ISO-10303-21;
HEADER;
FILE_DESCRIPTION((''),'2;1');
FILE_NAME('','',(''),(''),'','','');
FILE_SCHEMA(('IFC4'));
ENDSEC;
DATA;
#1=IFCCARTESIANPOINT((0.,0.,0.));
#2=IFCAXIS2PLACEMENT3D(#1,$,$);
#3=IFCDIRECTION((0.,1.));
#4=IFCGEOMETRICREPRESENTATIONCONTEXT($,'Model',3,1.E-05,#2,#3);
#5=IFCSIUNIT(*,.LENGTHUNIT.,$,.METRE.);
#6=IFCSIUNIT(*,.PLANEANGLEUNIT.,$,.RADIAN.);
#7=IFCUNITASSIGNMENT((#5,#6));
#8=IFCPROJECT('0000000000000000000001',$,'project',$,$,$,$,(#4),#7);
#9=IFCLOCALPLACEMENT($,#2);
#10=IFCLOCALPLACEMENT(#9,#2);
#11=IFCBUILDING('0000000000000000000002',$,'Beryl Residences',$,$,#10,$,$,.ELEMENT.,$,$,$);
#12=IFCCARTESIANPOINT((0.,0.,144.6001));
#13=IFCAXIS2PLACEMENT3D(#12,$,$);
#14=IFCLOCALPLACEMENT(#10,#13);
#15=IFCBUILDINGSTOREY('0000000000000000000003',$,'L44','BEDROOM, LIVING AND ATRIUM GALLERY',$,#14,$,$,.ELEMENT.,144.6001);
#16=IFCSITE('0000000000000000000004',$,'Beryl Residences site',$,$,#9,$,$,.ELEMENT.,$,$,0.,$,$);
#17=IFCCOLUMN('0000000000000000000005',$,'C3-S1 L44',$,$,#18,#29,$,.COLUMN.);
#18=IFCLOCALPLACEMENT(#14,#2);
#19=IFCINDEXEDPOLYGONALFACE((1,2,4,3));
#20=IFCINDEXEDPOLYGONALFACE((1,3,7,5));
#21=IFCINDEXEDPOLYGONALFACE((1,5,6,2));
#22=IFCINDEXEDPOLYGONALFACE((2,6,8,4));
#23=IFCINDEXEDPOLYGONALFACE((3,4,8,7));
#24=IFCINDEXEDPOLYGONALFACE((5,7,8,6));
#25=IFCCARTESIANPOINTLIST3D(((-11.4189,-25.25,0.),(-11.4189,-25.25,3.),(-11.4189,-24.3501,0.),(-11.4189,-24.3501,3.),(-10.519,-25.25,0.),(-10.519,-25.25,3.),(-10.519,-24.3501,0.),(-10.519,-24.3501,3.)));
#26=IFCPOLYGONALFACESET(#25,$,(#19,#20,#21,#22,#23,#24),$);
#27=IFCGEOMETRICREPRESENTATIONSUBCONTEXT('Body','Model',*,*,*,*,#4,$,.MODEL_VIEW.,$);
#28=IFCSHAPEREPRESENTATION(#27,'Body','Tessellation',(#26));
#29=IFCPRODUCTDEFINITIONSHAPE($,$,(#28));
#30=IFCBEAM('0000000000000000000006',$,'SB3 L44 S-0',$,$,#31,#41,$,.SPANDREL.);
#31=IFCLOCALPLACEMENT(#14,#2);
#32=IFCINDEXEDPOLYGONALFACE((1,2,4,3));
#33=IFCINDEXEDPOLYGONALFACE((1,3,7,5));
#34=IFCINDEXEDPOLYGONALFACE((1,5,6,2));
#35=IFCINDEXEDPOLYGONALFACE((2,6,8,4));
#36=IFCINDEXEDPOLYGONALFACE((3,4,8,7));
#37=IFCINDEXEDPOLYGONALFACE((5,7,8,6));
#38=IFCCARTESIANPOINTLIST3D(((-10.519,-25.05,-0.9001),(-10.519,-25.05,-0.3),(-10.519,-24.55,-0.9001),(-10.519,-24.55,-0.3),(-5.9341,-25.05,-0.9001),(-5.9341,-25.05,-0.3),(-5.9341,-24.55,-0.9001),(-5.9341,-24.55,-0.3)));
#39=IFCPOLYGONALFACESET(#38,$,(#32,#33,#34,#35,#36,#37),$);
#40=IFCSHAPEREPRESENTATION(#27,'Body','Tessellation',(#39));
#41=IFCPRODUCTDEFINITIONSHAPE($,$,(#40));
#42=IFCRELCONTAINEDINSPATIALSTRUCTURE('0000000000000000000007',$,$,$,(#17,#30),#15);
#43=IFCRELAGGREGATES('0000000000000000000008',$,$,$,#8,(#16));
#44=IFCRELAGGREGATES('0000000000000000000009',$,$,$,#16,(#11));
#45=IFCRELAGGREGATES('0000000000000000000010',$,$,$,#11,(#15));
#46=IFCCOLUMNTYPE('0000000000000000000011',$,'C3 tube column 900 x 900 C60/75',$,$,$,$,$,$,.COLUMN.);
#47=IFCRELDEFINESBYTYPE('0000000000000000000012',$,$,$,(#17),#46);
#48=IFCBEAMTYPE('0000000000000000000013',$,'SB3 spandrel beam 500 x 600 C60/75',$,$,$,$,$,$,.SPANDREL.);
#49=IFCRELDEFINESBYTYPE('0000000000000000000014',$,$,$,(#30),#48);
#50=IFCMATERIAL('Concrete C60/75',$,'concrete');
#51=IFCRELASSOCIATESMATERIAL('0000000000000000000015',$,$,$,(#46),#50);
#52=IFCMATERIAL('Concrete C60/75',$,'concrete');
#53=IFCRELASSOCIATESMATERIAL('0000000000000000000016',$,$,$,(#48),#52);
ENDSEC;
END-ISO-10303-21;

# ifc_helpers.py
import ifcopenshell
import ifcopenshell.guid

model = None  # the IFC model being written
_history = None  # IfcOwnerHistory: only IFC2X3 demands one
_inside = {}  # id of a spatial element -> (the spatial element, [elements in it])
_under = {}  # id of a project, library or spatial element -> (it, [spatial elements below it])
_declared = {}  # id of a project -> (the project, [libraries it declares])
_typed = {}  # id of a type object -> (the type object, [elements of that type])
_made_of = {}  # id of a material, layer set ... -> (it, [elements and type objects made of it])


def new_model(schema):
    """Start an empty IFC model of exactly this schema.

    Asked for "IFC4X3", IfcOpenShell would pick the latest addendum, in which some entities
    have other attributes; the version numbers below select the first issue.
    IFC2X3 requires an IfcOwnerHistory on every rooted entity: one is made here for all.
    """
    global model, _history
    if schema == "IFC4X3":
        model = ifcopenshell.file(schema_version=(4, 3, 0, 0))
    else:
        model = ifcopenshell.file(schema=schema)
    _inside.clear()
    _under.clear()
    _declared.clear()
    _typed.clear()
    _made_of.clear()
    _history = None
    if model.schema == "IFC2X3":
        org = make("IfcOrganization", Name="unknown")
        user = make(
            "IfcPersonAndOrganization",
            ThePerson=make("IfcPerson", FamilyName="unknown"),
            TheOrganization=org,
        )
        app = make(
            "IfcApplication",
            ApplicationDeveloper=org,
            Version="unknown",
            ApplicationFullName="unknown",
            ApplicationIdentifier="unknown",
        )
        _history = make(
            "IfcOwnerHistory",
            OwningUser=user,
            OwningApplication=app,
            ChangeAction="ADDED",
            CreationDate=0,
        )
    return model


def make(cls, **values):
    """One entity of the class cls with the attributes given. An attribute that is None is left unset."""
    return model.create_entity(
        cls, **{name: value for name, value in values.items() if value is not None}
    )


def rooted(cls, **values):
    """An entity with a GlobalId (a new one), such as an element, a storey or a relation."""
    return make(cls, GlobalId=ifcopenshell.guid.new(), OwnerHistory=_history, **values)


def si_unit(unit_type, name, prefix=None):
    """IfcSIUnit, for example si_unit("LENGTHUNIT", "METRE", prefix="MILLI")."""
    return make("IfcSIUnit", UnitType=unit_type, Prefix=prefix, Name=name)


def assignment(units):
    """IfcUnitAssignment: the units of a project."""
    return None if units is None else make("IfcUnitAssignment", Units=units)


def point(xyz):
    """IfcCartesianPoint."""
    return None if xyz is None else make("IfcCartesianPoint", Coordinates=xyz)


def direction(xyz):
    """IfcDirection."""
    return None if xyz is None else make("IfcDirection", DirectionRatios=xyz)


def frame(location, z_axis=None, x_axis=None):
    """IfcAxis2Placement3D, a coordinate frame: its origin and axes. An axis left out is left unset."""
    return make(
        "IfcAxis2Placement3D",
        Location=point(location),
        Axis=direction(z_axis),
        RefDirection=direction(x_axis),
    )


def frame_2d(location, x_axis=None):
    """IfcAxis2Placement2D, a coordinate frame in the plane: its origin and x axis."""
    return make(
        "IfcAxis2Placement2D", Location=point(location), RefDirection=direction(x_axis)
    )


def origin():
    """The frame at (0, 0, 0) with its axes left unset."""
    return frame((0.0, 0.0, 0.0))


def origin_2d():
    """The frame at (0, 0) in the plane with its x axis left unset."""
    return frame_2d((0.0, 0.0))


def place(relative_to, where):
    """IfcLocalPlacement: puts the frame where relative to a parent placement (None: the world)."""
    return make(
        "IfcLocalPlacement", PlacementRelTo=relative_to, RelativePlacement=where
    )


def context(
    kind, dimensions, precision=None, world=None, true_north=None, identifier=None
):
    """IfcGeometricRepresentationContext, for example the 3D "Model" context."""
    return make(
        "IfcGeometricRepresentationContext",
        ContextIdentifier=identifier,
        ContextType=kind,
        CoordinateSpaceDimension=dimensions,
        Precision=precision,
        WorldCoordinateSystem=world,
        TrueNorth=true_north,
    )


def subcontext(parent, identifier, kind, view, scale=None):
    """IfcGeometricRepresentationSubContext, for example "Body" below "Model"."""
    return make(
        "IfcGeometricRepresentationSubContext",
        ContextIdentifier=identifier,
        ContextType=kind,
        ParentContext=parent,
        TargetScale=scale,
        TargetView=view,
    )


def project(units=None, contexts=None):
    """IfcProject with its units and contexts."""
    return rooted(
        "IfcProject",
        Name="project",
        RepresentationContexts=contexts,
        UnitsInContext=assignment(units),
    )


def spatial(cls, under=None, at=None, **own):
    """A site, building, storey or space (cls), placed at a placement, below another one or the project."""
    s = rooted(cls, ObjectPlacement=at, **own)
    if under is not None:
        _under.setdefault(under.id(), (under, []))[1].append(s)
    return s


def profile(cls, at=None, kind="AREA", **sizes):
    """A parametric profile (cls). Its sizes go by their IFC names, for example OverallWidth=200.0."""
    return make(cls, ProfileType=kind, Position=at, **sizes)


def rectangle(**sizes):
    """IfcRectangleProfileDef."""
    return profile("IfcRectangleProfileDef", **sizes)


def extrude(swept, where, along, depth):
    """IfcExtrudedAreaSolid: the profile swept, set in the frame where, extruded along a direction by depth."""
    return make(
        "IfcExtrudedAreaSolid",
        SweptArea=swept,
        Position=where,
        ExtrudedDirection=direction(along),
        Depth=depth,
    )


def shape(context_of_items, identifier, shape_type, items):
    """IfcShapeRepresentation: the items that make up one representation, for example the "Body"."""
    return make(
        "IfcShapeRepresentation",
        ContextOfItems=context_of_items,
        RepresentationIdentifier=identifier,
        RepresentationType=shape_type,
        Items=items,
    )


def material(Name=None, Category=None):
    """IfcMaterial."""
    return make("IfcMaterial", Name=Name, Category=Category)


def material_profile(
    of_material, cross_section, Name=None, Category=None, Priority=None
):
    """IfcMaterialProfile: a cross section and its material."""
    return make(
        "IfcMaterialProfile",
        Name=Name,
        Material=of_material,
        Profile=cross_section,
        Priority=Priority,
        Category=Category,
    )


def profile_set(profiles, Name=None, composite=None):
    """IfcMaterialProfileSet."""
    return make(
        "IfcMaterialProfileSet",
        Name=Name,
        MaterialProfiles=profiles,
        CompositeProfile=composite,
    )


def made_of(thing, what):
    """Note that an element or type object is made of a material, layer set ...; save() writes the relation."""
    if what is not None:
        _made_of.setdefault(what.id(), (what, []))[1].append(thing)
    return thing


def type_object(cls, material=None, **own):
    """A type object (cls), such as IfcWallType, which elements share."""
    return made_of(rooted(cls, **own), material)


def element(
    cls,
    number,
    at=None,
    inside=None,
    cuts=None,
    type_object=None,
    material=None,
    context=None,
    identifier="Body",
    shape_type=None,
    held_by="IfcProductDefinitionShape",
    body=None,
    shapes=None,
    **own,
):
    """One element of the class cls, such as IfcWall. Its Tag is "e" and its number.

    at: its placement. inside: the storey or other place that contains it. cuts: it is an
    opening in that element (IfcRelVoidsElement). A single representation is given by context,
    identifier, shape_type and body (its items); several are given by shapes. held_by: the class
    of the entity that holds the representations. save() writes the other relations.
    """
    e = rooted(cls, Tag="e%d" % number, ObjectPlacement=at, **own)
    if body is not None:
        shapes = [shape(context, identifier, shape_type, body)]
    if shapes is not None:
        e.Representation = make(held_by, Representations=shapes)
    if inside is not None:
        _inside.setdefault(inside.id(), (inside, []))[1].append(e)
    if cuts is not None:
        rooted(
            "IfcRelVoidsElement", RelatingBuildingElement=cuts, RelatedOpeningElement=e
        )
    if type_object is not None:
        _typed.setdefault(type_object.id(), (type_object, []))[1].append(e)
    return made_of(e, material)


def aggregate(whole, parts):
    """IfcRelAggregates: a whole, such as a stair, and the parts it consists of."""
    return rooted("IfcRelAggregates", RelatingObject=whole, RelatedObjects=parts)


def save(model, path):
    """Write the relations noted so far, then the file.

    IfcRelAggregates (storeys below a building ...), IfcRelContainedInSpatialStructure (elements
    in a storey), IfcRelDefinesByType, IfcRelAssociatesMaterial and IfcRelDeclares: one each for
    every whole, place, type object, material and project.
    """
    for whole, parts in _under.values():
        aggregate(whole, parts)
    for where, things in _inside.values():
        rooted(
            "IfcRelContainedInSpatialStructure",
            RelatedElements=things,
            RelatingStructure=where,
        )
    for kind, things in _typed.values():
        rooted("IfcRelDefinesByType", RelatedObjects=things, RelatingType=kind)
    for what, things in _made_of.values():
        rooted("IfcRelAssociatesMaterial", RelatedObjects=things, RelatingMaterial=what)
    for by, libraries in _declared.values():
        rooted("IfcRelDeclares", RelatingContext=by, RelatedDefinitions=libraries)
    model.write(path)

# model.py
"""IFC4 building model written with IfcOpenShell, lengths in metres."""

from ifc_helpers import new_model, si_unit, direction, frame, origin, origin_2d, place, context, subcontext, project, spatial, rectangle, extrude, material, material_profile, profile_set, type_object, element, save


model = new_model("IFC4")

# Units and contexts
model_context = context("Model", 3, precision=1e-05, world=origin(), true_north=direction((0.0, 1.0)))
body_context = subcontext(model_context, "Body", "Model", "MODEL_VIEW")
ifc_project = project(units=[si_unit("LENGTHUNIT", "METRE"), si_unit("PLANEANGLEUNIT", "RADIAN")], contexts=[model_context])

# Site, building, storey
site_placement = place(None, origin())
site = spatial("IfcSite", under=ifc_project, at=site_placement, Name="Beryl Residences site", CompositionType="ELEMENT", RefElevation=0.0)
building_placement = place(site_placement, origin())
building = spatial("IfcBuilding", under=site, at=building_placement, Name="Beryl Residences", CompositionType="ELEMENT")
storey_placement = place(building_placement, frame((0.0, 0.0, 144.6001)))
storey = spatial("IfcBuildingStorey", under=building, at=storey_placement, Name="L44", Description="BEDROOM, LIVING AND ATRIUM GALLERY", CompositionType="ELEMENT", Elevation=144.6001)

# Column
ifc_material_1 = material(Name="Concrete C60/75", Category="concrete")
ifc_material_profile_1 = material_profile(ifc_material_1, rectangle(XDim=0.8999, YDim=0.8999, at=origin_2d()))
ifc_profile_set_1 = profile_set([ifc_material_profile_1], Name="Concrete C60/75")
column_type = type_object("IfcColumnType", Name="C3 tube column 900 x 900 C60/75", PredefinedType="COLUMN", material=ifc_profile_set_1)
column_placement = place(storey_placement, frame((-10.969, -24.8, 0.0), z_axis=(0.0, 0.0, 1.0), x_axis=(1.0, 0.0, 0.0)))
element("IfcColumn", 1, at=column_placement, inside=storey, type_object=column_type, Name="C3-S1 L44", PredefinedType="COLUMN", context=body_context, shape_type="SweptSolid", body=[
    extrude(rectangle(XDim=0.8999, YDim=0.8999, at=origin_2d()), origin(), (0.0, 0.0, 1.0), 3.0),
])

# Beam
ifc_material_2 = material(Name="Concrete C60/75", Category="concrete")
ifc_material_profile_2 = material_profile(ifc_material_2, rectangle(XDim=0.5, YDim=0.6001, at=origin_2d()))
ifc_profile_set_2 = profile_set([ifc_material_profile_2], Name="Concrete C60/75")
beam_type = type_object("IfcBeamType", Name="SB3 spandrel beam 500 x 600 C60/75", PredefinedType="SPANDREL", material=ifc_profile_set_2)
beam_placement = place(storey_placement, frame((-10.519, -24.8, -0.6001), z_axis=(1.0, 0.0, 0.0), x_axis=(0.0, 1.0, 0.0)))
element("IfcBeam", 2, at=beam_placement, inside=storey, type_object=beam_type, Name="SB3 L44 S-0", PredefinedType="SPANDREL", context=body_context, shape_type="SweptSolid", body=[
    extrude(rectangle(XDim=0.5, YDim=0.6001, at=origin_2d()), origin(), (0.0, 0.0, 1.0), 4.585),
])

save(model, "model.ifc")
